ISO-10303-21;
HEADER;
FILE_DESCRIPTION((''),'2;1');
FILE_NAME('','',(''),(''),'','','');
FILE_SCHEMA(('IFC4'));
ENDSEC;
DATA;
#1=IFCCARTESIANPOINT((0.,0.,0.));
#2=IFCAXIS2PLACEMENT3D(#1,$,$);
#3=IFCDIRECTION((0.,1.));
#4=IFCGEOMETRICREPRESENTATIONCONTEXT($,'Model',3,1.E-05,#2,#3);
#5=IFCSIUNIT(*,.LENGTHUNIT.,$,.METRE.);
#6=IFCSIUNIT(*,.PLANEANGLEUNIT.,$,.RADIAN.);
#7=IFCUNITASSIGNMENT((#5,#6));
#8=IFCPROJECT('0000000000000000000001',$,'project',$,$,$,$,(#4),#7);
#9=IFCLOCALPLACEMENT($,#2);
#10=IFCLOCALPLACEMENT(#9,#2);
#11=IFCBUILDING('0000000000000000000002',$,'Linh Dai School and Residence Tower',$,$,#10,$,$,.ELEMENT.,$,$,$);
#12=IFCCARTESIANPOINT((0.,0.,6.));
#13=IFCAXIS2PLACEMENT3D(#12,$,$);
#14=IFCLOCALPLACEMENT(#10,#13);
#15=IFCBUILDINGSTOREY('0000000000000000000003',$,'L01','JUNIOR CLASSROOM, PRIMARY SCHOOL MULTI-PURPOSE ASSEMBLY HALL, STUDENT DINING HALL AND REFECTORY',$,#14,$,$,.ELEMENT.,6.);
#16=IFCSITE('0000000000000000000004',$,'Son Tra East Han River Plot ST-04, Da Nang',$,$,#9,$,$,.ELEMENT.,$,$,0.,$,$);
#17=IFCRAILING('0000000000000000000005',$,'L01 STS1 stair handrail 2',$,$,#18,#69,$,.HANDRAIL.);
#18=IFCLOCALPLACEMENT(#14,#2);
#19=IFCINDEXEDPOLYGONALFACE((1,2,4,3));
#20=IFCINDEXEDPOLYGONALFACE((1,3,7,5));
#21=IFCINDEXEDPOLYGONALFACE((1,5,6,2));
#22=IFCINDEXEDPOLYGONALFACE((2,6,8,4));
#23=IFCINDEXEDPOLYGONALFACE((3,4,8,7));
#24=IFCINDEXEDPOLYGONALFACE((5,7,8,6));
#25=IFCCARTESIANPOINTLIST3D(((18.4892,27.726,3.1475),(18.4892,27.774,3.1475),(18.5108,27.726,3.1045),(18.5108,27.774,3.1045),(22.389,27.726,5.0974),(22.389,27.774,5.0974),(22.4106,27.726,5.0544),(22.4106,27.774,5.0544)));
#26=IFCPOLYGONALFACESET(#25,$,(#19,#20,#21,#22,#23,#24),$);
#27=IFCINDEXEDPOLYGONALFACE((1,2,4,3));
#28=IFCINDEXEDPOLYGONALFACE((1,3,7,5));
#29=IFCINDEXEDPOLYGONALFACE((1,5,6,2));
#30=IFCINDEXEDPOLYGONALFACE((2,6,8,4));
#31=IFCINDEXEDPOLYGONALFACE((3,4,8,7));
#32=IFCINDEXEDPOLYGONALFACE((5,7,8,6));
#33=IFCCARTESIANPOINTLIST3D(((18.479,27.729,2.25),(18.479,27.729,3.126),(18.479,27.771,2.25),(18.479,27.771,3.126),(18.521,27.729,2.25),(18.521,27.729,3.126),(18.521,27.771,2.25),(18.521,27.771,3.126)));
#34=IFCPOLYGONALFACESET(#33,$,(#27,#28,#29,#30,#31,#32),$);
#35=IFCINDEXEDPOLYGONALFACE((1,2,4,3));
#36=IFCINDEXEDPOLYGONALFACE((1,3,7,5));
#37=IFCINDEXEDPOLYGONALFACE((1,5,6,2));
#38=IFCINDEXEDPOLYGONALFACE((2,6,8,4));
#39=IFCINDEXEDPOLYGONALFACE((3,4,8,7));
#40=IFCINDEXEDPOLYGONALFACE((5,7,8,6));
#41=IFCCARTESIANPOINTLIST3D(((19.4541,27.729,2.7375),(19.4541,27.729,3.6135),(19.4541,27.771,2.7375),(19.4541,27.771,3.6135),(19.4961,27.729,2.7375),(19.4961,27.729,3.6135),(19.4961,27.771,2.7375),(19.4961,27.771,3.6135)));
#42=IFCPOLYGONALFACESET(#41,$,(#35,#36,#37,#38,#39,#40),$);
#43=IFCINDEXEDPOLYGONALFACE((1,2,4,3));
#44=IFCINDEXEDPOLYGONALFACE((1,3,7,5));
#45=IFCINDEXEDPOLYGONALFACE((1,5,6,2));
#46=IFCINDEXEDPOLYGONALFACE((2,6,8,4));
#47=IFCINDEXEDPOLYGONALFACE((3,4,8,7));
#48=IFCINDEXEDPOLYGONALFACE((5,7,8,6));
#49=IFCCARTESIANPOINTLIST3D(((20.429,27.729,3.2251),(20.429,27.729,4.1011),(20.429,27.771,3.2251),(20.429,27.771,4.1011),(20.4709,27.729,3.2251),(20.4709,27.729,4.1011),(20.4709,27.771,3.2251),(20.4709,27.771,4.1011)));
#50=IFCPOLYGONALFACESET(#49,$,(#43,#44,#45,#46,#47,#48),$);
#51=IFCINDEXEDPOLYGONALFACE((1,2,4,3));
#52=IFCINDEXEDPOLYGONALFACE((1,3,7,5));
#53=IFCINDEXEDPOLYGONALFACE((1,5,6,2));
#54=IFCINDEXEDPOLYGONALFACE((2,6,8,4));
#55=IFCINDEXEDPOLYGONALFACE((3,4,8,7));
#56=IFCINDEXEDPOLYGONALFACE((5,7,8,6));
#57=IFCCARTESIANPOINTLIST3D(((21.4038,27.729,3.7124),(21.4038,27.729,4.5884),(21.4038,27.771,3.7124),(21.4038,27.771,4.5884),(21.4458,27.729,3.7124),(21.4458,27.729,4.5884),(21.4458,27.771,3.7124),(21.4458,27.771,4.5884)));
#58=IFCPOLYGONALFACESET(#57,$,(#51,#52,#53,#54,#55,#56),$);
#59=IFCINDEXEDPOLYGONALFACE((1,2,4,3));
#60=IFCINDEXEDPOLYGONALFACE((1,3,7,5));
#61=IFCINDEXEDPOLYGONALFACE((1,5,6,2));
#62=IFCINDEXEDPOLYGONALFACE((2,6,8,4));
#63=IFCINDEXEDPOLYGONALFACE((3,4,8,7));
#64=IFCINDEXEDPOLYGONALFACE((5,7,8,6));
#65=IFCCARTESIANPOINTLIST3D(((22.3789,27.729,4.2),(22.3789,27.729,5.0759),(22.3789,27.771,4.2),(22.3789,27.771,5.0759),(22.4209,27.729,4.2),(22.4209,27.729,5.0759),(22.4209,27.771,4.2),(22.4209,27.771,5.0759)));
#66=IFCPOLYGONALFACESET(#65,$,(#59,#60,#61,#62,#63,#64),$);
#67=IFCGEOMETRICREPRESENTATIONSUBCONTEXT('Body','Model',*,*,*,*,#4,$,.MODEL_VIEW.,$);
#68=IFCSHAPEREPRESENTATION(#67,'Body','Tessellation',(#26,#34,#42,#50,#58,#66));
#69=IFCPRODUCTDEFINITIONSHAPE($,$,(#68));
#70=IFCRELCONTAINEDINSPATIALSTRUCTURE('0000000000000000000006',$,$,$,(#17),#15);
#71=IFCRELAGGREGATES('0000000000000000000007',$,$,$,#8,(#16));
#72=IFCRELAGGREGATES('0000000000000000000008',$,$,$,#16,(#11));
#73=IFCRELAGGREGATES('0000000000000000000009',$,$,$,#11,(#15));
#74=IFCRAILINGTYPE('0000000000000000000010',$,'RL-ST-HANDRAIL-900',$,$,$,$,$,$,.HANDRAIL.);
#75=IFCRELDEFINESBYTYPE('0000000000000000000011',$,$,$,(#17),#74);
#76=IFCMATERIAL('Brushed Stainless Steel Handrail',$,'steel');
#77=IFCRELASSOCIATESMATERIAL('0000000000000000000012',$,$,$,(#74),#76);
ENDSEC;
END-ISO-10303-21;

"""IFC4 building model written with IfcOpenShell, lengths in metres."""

from ifc_helpers import new_model, si_unit, direction, frame, origin, origin_2d, place, context, subcontext, project, spatial, rectangle, extrude, source, transform, mapped, material, type_object, element, save


model = new_model("IFC4")

# Units and contexts
model_context = context("Model", 3, precision=1e-05, world=origin(), true_north=direction((0.0, 1.0)))
body_context = subcontext(model_context, "Body", "Model", "MODEL_VIEW")
ifc_project = project(units=[si_unit("LENGTHUNIT", "METRE"), si_unit("PLANEANGLEUNIT", "RADIAN")], contexts=[model_context])

# Site, building, storey
site_placement = place(None, origin())
site = spatial("IfcSite", under=ifc_project, at=site_placement, Name="Son Tra East Han River Plot ST-04, Da Nang", CompositionType="ELEMENT", RefElevation=0.0)
building_placement = place(site_placement, origin())
building = spatial("IfcBuilding", under=site, at=building_placement, Name="Linh Dai School and Residence Tower", CompositionType="ELEMENT")
storey_placement = place(building_placement, frame((0.0, 0.0, 6.0)))
storey = spatial("IfcBuildingStorey", under=building, at=storey_placement, Name="L01", Description="JUNIOR CLASSROOM, PRIMARY SCHOOL MULTI-PURPOSE ASSEMBLY HALL, STUDENT DINING HALL AND REFECTORY", CompositionType="ELEMENT", Elevation=6.0)

# Railing
ifc_material_1 = material(Name="Brushed Stainless Steel Handrail", Category="steel")
railing_type_1 = type_object("IfcRailingType", Name="RL-ST-HANDRAIL-900", PredefinedType="HANDRAIL", material=ifc_material_1)
shared_shape_1 = source(origin(), body_context, "Body", "SweptSolid", [
    extrude(rectangle(XDim=0.0481, YDim=0.0481, at=origin_2d()), frame((0.0, 0.0, 0.876), z_axis=(0.894427, 0.0, 0.447214), x_axis=(0.0, 1.0, 0.0)), (0.0, 0.0, 1.0), 4.3601),
    extrude(rectangle(XDim=0.042, YDim=0.042, at=origin_2d()), origin(), (0.0, 0.0, 1.0), 0.876),
    extrude(rectangle(XDim=0.042, YDim=0.042, at=origin_2d()), frame((0.9751, 0.0, 0.4875)), (0.0, 0.0, 1.0), 0.876),
    extrude(rectangle(XDim=0.042, YDim=0.042, at=origin_2d()), frame((1.95, 0.0, 0.9751)), (0.0, 0.0, 1.0), 0.876),
    extrude(rectangle(XDim=0.042, YDim=0.042, at=origin_2d()), frame((2.9248, 0.0, 1.4624)), (0.0, 0.0, 1.0), 0.876),
    extrude(rectangle(XDim=0.042, YDim=0.042, at=origin_2d()), frame((3.8999, 0.0, 1.95)), (0.0, 0.0, 1.0), 0.876),
])
railing_1_placement = place(storey_placement, frame((18.5, 27.75, 2.25)))
element("IfcRailing", 1, at=railing_1_placement, inside=storey, type_object=railing_type_1, Name="L01 STS1 stair handrail 2", PredefinedType="HANDRAIL", context=body_context, shape_type="MappedRepresentation", body=[
    mapped(shared_shape_1, transform((0.0, 0.0, 0.0), x_axis=(1.0, 0.0, 0.0), y_axis=(0.0, 1.0, 0.0), z_axis=(0.0, 0.0, 1.0), scale=1.0)),
])

save(model, "model.ifc")
